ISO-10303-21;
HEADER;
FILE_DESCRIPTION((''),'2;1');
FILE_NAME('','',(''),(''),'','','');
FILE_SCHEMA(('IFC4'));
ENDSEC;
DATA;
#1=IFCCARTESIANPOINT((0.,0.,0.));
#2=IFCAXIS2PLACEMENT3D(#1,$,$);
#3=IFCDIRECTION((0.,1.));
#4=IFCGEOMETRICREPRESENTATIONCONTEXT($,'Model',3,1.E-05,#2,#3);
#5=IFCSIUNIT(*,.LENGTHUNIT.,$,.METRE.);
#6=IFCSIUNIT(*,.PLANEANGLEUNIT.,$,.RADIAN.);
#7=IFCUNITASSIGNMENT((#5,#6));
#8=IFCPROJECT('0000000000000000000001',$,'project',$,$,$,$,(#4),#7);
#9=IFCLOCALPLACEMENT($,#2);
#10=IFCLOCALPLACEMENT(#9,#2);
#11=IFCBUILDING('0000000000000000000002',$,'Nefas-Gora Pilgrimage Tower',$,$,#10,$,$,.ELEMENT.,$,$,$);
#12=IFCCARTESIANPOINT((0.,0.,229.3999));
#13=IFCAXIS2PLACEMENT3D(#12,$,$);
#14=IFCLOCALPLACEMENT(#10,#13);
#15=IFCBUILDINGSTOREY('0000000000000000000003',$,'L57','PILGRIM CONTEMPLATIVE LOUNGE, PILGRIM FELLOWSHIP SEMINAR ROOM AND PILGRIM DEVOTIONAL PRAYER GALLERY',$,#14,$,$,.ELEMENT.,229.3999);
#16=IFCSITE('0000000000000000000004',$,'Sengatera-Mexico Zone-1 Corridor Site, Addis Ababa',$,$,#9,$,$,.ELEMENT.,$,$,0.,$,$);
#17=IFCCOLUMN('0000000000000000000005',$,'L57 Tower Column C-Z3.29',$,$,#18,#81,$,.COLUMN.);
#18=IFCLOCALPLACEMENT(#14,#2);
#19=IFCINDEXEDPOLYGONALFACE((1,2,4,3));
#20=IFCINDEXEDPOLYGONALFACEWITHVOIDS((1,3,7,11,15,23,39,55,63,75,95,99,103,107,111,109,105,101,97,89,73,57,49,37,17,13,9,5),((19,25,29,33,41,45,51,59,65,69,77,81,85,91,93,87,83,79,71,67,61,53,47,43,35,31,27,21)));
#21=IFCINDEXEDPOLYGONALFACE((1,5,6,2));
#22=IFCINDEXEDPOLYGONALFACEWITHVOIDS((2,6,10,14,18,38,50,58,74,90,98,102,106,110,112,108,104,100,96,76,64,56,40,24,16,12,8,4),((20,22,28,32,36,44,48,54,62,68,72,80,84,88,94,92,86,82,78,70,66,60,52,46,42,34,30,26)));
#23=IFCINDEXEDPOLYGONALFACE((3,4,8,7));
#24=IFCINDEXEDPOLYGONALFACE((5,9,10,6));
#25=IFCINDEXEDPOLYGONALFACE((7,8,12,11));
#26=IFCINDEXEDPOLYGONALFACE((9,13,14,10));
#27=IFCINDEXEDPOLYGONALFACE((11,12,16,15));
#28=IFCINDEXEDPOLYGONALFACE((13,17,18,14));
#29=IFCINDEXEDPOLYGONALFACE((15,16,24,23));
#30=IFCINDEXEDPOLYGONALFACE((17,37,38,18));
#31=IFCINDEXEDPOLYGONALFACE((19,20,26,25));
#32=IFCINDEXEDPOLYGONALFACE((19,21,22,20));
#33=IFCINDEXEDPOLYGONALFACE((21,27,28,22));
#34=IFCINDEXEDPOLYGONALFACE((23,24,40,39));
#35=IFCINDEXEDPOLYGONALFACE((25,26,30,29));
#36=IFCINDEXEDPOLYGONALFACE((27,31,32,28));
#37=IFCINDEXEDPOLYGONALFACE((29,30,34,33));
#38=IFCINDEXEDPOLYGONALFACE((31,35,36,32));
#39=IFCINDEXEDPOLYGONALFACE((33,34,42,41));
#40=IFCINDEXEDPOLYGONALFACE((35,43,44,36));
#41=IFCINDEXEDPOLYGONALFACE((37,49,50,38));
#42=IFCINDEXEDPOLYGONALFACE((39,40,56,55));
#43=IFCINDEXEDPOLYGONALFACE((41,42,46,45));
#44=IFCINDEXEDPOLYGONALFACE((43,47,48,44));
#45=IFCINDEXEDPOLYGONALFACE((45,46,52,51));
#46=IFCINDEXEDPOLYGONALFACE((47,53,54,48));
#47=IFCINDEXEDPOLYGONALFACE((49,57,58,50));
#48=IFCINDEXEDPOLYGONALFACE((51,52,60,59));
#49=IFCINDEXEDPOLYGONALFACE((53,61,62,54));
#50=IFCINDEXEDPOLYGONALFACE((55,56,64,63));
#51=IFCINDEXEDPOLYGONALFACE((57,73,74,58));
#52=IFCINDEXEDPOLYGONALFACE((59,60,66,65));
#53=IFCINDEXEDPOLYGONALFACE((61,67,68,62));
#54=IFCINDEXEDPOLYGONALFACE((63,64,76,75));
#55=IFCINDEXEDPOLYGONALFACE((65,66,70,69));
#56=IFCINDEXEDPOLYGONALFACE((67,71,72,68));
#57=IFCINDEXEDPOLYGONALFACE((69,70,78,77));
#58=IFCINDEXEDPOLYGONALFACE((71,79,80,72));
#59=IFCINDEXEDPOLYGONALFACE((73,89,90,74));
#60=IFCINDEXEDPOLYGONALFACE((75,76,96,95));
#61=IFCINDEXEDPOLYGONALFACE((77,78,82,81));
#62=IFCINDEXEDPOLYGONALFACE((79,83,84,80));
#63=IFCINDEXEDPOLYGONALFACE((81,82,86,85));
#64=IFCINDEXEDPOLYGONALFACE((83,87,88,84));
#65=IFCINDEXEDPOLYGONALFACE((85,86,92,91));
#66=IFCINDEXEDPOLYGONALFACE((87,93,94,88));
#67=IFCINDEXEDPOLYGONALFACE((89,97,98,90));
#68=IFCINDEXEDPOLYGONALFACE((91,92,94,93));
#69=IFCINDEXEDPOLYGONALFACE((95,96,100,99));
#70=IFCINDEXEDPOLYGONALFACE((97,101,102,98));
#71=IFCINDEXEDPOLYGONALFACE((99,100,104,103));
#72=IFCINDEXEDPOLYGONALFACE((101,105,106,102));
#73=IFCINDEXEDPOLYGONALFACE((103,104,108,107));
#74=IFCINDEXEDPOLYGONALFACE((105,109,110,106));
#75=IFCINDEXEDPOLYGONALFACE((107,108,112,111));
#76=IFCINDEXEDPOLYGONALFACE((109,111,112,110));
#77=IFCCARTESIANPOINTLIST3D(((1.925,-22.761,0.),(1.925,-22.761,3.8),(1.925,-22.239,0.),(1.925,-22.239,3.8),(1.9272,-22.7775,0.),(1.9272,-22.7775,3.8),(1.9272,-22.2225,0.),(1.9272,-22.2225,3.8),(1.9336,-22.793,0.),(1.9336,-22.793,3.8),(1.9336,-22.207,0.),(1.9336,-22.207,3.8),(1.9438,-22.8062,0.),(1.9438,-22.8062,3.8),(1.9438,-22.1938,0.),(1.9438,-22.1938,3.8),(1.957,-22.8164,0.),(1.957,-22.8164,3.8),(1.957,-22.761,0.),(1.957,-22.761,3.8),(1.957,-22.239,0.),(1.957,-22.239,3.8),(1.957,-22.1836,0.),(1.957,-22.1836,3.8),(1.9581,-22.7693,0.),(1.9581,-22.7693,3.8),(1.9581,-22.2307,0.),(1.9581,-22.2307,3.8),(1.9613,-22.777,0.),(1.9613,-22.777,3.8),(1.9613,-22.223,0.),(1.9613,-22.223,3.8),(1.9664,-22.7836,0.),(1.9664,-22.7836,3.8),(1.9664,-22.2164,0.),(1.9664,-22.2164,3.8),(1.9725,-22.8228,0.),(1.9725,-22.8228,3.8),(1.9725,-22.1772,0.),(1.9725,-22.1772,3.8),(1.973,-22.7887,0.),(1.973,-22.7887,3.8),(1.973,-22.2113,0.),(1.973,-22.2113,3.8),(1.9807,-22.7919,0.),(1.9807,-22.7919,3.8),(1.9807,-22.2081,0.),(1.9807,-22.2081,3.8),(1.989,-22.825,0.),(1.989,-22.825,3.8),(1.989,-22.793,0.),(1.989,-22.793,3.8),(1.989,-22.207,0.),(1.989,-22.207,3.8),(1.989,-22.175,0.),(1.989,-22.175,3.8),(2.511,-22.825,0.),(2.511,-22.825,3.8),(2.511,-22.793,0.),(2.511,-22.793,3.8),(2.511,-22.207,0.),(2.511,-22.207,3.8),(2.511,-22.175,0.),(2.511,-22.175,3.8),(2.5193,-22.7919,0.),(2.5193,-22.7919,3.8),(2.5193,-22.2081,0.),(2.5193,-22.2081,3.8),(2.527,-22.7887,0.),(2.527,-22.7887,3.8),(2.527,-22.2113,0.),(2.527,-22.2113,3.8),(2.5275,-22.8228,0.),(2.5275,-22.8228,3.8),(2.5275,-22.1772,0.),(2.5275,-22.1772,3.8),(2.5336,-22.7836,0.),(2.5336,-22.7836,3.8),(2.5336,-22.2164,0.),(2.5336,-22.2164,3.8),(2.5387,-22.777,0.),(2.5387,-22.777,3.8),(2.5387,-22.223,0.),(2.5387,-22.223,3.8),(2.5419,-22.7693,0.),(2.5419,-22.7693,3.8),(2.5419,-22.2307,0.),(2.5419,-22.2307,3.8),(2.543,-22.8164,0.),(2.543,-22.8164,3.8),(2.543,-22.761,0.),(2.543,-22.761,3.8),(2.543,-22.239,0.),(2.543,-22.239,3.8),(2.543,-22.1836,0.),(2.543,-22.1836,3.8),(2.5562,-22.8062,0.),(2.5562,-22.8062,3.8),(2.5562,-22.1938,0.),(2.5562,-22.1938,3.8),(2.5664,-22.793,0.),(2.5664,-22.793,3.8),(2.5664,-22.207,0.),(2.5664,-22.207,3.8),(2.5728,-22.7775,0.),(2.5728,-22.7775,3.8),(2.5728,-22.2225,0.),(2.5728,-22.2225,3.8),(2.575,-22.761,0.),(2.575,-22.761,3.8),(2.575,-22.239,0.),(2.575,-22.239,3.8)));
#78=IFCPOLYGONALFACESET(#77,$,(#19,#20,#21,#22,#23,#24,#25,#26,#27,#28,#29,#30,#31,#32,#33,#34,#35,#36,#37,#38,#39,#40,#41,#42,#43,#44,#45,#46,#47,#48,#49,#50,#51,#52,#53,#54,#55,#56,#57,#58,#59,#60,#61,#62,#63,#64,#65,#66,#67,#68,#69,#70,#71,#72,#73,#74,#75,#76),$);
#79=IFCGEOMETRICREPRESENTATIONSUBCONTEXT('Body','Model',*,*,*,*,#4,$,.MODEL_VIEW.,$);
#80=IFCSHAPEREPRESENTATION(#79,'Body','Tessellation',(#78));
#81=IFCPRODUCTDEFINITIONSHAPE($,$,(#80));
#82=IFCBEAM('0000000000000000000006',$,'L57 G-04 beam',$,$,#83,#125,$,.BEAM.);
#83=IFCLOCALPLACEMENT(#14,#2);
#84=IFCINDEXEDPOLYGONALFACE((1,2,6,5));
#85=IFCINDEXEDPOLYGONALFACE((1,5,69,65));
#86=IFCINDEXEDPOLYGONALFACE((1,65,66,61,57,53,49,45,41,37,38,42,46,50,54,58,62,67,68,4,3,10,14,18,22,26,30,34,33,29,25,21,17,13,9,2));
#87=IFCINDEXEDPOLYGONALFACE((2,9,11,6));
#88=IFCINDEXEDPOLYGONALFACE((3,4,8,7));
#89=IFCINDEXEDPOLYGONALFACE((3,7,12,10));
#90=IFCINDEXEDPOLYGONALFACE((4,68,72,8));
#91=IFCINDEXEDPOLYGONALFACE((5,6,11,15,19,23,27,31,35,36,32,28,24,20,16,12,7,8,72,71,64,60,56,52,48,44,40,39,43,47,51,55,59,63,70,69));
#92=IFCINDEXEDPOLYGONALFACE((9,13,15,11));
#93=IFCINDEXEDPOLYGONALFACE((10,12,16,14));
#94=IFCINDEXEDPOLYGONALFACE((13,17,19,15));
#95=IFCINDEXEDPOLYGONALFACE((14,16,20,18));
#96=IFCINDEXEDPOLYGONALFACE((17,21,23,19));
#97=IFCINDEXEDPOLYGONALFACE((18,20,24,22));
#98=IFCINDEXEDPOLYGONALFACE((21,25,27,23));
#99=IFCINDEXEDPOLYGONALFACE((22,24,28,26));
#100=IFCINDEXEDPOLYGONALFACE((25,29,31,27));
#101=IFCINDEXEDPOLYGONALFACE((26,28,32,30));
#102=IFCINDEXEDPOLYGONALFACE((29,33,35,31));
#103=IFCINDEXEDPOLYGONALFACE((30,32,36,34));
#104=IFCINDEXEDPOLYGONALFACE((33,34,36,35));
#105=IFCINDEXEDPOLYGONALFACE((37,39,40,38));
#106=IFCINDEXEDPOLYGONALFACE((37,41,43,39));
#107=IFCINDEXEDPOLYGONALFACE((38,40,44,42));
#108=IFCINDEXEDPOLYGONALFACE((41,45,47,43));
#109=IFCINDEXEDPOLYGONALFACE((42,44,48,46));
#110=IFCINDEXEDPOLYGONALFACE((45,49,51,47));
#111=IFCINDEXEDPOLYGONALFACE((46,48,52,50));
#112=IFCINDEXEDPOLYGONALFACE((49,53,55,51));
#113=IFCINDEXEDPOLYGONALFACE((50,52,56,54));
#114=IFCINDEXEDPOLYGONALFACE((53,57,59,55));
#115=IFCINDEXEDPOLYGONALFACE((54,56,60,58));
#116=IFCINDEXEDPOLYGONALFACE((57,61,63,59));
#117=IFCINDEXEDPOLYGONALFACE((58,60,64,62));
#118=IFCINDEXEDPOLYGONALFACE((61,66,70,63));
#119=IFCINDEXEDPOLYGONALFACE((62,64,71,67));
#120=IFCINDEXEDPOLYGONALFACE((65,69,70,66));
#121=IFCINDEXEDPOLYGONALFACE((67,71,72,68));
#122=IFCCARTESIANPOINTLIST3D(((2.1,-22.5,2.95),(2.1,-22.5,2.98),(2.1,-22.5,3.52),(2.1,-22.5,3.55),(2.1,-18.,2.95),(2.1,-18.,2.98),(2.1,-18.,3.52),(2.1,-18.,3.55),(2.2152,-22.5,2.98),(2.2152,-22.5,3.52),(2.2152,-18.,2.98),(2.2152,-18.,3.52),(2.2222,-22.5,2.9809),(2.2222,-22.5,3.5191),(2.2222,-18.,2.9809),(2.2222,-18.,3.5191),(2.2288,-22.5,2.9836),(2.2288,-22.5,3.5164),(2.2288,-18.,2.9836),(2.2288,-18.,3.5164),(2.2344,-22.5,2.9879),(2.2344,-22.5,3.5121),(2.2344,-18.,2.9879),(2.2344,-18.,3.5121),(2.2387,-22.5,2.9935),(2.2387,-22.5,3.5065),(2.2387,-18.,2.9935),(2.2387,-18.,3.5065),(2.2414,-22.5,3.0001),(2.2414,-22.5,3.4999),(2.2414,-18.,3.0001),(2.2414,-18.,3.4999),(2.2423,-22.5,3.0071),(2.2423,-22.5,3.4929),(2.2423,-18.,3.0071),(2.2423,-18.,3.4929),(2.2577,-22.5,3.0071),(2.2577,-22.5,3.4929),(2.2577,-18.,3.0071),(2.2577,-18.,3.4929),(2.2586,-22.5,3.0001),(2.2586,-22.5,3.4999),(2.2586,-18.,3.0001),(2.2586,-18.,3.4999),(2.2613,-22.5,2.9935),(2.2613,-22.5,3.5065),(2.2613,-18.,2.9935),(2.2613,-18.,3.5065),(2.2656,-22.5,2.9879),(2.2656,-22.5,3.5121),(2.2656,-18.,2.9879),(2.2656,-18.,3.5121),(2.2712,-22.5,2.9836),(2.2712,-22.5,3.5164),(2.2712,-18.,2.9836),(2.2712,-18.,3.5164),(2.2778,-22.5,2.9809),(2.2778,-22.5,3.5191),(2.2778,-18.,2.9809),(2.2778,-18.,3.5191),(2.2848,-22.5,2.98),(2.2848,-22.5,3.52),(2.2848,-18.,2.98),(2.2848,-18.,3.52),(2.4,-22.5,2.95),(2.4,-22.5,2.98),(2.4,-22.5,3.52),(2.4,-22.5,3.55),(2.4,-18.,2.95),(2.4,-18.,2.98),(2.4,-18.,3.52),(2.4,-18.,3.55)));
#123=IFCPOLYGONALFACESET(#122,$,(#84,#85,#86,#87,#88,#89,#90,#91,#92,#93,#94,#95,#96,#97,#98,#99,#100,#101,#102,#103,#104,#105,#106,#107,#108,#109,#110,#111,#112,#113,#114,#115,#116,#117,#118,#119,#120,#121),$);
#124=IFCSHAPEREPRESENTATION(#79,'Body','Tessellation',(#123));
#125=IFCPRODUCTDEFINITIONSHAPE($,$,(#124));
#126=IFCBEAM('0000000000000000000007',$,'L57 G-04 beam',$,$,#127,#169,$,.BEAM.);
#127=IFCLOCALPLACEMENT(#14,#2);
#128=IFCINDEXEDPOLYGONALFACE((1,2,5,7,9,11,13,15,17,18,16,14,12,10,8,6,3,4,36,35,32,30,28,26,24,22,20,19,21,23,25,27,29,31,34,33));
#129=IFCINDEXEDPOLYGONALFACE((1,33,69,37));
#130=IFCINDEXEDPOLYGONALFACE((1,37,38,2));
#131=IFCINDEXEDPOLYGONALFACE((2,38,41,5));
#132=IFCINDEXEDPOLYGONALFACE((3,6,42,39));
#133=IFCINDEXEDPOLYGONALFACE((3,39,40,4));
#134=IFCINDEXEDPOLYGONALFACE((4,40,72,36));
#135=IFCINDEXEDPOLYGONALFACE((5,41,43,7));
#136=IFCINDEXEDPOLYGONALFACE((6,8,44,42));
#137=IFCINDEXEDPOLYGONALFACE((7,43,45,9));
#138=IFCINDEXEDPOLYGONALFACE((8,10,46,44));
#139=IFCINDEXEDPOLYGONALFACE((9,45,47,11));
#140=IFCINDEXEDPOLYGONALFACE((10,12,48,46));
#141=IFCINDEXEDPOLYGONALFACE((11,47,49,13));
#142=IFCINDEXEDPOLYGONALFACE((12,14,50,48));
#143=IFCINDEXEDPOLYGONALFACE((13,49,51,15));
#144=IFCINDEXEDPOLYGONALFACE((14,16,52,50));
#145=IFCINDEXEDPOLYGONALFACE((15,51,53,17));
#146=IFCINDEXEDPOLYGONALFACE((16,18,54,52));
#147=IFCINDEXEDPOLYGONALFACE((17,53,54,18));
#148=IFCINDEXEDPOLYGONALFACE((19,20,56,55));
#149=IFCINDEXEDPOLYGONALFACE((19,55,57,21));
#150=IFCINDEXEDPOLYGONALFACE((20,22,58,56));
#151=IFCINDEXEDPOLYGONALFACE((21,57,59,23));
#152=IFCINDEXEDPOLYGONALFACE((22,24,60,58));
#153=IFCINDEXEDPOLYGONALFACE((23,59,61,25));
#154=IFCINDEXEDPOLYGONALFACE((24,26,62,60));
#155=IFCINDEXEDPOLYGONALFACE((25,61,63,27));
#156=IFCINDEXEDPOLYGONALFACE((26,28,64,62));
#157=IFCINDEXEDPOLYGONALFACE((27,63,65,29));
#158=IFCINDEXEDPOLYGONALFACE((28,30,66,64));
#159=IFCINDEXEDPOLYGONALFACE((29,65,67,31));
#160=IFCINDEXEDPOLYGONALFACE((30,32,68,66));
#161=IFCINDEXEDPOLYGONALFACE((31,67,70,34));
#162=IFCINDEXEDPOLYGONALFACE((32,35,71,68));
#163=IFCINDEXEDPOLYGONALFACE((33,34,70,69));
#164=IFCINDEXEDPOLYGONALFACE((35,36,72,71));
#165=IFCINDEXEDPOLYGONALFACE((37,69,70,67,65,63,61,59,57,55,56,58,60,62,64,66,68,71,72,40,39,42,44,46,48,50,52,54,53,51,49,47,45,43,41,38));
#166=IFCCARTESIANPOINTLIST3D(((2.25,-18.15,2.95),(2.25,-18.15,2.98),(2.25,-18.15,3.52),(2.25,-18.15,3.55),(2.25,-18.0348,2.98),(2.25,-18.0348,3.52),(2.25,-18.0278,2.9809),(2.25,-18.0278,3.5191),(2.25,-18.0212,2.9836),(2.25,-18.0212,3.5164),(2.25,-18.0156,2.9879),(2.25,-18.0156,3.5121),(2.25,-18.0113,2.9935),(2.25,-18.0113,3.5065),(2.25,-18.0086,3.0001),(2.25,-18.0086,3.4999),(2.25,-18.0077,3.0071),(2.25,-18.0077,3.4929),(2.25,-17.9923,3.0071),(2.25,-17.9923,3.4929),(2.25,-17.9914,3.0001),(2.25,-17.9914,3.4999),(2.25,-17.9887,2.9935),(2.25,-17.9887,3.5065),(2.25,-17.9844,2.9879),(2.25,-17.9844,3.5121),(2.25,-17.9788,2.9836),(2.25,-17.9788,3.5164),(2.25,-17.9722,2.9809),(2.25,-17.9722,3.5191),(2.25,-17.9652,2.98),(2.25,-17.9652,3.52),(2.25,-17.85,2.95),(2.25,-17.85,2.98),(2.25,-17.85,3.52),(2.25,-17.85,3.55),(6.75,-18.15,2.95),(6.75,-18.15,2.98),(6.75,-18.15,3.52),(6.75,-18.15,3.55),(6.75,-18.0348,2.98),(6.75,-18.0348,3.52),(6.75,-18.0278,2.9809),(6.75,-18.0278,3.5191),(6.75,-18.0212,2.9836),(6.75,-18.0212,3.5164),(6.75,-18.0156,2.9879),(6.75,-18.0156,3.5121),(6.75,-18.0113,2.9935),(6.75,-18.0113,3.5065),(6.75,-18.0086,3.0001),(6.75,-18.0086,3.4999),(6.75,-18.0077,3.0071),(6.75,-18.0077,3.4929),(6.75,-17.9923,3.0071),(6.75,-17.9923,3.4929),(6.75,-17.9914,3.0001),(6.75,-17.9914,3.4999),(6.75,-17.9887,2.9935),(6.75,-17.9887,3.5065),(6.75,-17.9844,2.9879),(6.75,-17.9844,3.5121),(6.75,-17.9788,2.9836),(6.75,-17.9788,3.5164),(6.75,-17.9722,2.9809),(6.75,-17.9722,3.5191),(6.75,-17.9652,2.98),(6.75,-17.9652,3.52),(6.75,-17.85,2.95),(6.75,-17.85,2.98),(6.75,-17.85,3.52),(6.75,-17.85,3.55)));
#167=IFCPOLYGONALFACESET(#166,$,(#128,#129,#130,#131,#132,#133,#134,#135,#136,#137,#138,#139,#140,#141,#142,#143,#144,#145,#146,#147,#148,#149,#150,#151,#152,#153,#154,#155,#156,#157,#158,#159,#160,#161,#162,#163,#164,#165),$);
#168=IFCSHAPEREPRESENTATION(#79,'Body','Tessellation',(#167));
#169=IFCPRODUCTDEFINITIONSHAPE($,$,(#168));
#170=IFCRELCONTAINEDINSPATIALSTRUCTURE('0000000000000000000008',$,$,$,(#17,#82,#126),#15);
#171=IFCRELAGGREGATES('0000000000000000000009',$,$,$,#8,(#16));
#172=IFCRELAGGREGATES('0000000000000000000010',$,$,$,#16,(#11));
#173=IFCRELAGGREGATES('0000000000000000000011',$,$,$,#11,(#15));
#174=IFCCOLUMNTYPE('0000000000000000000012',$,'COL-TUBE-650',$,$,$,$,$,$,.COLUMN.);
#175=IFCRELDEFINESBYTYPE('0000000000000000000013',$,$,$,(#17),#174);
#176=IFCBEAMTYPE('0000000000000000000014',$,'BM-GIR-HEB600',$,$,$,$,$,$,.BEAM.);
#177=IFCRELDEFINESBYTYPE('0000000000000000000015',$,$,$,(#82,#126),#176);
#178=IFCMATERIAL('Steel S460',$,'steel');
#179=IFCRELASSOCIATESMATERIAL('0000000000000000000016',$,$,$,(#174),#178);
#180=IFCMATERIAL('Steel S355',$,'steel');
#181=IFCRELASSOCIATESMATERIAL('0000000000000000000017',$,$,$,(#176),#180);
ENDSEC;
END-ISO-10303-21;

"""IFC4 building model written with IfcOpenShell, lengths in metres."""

from ifc_helpers import new_model, si_unit, direction, frame, origin, origin_2d, place, context, subcontext, project, spatial, hollow_rectangle, i_section, extrude, source, transform, mapped, material, material_profile, profile_set, type_object, element, save


model = new_model("IFC4")

# Units and contexts
model_context = context("Model", 3, precision=1e-05, world=origin(), true_north=direction((0.0, 1.0)))
body_context = subcontext(model_context, "Body", "Model", "MODEL_VIEW")
ifc_project = project(units=[si_unit("LENGTHUNIT", "METRE"), si_unit("PLANEANGLEUNIT", "RADIAN")], contexts=[model_context])

# Site, building, storey
site_placement = place(None, origin())
site = spatial("IfcSite", under=ifc_project, at=site_placement, Name="Sengatera-Mexico Zone-1 Corridor Site, Addis Ababa", CompositionType="ELEMENT", RefElevation=0.0)
building_placement = place(site_placement, origin())
building = spatial("IfcBuilding", under=site, at=building_placement, Name="Nefas-Gora Pilgrimage Tower", CompositionType="ELEMENT")
storey_placement = place(building_placement, frame((0.0, 0.0, 229.3999)))
storey = spatial("IfcBuildingStorey", under=building, at=storey_placement, Name="L57", Description="PILGRIM CONTEMPLATIVE LOUNGE, PILGRIM FELLOWSHIP SEMINAR ROOM AND PILGRIM DEVOTIONAL PRAYER GALLERY", CompositionType="ELEMENT", Elevation=229.3999)

# Column
ifc_material_1 = material(Name="Steel S460", Category="steel")
ifc_material_profile_1 = material_profile(ifc_material_1, hollow_rectangle(XDim=0.6499, YDim=0.6499, WallThickness=0.032, InnerFilletRadius=0.032, OuterFilletRadius=0.064, at=origin_2d()), Name="BOX 650x650x32")
ifc_profile_set_1 = profile_set([ifc_material_profile_1], Name="Steel S460")
column_type_1 = type_object("IfcColumnType", Name="COL-TUBE-650", PredefinedType="COLUMN", material=ifc_profile_set_1)
shared_shape_1 = source(origin(), body_context, "Body", "SweptSolid", [
    extrude(hollow_rectangle(XDim=0.6499, YDim=0.6499, WallThickness=0.032, InnerFilletRadius=0.032, OuterFilletRadius=0.064, at=origin_2d()), origin(), (0.0, 0.0, 1.0), 3.8),
])
column_placement = place(storey_placement, frame((2.25, -22.5, 0.0), z_axis=(0.0, 0.0, 1.0), x_axis=(1.0, 0.0, 0.0)))
element("IfcColumn", 1, at=column_placement, inside=storey, type_object=column_type_1, Name="L57 Tower Column C-Z3.29", PredefinedType="COLUMN", context=body_context, shape_type="MappedRepresentation", body=[
    mapped(shared_shape_1, transform((0.0, 0.0, 0.0), x_axis=(1.0, 0.0, 0.0), y_axis=(0.0, 1.0, 0.0), z_axis=(0.0, 0.0, 1.0), scale=1.0)),
])

# Beams
ifc_material_2 = material(Name="Steel S355", Category="steel")
ifc_material_profile_2 = material_profile(ifc_material_2, i_section(OverallWidth=0.3, OverallDepth=0.6001, WebThickness=0.0154, FlangeThickness=0.03, FilletRadius=0.0271, at=origin_2d()), Name="HEB 600")
ifc_profile_set_2 = profile_set([ifc_material_profile_2], Name="Steel S355")
beam_type = type_object("IfcBeamType", Name="BM-GIR-HEB600", PredefinedType="BEAM", material=ifc_profile_set_2)
shared_shape_2 = source(origin(), body_context, "Body", "SweptSolid", [
    extrude(i_section(OverallWidth=0.3, OverallDepth=0.6001, WebThickness=0.0154, FlangeThickness=0.03, FilletRadius=0.0271, at=origin_2d()), origin(), (0.0, 0.0, 1.0), 4.5),
])
for number, where, z_axis, x_axis, name in (
    (2, (2.25, -22.5, 3.25), (0.0, 1.0, 0.0), (-1.0, 0.0, 0.0), "L57 G-04 beam"),
    (3, (2.25, -18.0, 3.25), (1.0, 0.0, 0.0), (0.0, 1.0, 0.0), "L57 G-04 beam"),
):
    element("IfcBeam", number, at=place(storey_placement, frame(where, z_axis=z_axis, x_axis=x_axis)), inside=storey, type_object=beam_type, Name=name, PredefinedType="BEAM", context=body_context, shape_type="MappedRepresentation", body=[
        mapped(shared_shape_2, transform((0.0, 0.0, 0.0), x_axis=(1.0, 0.0, 0.0), y_axis=(0.0, 1.0, 0.0), z_axis=(0.0, 0.0, 1.0), scale=1.0)),
    ])

save(model, "model.ifc")
